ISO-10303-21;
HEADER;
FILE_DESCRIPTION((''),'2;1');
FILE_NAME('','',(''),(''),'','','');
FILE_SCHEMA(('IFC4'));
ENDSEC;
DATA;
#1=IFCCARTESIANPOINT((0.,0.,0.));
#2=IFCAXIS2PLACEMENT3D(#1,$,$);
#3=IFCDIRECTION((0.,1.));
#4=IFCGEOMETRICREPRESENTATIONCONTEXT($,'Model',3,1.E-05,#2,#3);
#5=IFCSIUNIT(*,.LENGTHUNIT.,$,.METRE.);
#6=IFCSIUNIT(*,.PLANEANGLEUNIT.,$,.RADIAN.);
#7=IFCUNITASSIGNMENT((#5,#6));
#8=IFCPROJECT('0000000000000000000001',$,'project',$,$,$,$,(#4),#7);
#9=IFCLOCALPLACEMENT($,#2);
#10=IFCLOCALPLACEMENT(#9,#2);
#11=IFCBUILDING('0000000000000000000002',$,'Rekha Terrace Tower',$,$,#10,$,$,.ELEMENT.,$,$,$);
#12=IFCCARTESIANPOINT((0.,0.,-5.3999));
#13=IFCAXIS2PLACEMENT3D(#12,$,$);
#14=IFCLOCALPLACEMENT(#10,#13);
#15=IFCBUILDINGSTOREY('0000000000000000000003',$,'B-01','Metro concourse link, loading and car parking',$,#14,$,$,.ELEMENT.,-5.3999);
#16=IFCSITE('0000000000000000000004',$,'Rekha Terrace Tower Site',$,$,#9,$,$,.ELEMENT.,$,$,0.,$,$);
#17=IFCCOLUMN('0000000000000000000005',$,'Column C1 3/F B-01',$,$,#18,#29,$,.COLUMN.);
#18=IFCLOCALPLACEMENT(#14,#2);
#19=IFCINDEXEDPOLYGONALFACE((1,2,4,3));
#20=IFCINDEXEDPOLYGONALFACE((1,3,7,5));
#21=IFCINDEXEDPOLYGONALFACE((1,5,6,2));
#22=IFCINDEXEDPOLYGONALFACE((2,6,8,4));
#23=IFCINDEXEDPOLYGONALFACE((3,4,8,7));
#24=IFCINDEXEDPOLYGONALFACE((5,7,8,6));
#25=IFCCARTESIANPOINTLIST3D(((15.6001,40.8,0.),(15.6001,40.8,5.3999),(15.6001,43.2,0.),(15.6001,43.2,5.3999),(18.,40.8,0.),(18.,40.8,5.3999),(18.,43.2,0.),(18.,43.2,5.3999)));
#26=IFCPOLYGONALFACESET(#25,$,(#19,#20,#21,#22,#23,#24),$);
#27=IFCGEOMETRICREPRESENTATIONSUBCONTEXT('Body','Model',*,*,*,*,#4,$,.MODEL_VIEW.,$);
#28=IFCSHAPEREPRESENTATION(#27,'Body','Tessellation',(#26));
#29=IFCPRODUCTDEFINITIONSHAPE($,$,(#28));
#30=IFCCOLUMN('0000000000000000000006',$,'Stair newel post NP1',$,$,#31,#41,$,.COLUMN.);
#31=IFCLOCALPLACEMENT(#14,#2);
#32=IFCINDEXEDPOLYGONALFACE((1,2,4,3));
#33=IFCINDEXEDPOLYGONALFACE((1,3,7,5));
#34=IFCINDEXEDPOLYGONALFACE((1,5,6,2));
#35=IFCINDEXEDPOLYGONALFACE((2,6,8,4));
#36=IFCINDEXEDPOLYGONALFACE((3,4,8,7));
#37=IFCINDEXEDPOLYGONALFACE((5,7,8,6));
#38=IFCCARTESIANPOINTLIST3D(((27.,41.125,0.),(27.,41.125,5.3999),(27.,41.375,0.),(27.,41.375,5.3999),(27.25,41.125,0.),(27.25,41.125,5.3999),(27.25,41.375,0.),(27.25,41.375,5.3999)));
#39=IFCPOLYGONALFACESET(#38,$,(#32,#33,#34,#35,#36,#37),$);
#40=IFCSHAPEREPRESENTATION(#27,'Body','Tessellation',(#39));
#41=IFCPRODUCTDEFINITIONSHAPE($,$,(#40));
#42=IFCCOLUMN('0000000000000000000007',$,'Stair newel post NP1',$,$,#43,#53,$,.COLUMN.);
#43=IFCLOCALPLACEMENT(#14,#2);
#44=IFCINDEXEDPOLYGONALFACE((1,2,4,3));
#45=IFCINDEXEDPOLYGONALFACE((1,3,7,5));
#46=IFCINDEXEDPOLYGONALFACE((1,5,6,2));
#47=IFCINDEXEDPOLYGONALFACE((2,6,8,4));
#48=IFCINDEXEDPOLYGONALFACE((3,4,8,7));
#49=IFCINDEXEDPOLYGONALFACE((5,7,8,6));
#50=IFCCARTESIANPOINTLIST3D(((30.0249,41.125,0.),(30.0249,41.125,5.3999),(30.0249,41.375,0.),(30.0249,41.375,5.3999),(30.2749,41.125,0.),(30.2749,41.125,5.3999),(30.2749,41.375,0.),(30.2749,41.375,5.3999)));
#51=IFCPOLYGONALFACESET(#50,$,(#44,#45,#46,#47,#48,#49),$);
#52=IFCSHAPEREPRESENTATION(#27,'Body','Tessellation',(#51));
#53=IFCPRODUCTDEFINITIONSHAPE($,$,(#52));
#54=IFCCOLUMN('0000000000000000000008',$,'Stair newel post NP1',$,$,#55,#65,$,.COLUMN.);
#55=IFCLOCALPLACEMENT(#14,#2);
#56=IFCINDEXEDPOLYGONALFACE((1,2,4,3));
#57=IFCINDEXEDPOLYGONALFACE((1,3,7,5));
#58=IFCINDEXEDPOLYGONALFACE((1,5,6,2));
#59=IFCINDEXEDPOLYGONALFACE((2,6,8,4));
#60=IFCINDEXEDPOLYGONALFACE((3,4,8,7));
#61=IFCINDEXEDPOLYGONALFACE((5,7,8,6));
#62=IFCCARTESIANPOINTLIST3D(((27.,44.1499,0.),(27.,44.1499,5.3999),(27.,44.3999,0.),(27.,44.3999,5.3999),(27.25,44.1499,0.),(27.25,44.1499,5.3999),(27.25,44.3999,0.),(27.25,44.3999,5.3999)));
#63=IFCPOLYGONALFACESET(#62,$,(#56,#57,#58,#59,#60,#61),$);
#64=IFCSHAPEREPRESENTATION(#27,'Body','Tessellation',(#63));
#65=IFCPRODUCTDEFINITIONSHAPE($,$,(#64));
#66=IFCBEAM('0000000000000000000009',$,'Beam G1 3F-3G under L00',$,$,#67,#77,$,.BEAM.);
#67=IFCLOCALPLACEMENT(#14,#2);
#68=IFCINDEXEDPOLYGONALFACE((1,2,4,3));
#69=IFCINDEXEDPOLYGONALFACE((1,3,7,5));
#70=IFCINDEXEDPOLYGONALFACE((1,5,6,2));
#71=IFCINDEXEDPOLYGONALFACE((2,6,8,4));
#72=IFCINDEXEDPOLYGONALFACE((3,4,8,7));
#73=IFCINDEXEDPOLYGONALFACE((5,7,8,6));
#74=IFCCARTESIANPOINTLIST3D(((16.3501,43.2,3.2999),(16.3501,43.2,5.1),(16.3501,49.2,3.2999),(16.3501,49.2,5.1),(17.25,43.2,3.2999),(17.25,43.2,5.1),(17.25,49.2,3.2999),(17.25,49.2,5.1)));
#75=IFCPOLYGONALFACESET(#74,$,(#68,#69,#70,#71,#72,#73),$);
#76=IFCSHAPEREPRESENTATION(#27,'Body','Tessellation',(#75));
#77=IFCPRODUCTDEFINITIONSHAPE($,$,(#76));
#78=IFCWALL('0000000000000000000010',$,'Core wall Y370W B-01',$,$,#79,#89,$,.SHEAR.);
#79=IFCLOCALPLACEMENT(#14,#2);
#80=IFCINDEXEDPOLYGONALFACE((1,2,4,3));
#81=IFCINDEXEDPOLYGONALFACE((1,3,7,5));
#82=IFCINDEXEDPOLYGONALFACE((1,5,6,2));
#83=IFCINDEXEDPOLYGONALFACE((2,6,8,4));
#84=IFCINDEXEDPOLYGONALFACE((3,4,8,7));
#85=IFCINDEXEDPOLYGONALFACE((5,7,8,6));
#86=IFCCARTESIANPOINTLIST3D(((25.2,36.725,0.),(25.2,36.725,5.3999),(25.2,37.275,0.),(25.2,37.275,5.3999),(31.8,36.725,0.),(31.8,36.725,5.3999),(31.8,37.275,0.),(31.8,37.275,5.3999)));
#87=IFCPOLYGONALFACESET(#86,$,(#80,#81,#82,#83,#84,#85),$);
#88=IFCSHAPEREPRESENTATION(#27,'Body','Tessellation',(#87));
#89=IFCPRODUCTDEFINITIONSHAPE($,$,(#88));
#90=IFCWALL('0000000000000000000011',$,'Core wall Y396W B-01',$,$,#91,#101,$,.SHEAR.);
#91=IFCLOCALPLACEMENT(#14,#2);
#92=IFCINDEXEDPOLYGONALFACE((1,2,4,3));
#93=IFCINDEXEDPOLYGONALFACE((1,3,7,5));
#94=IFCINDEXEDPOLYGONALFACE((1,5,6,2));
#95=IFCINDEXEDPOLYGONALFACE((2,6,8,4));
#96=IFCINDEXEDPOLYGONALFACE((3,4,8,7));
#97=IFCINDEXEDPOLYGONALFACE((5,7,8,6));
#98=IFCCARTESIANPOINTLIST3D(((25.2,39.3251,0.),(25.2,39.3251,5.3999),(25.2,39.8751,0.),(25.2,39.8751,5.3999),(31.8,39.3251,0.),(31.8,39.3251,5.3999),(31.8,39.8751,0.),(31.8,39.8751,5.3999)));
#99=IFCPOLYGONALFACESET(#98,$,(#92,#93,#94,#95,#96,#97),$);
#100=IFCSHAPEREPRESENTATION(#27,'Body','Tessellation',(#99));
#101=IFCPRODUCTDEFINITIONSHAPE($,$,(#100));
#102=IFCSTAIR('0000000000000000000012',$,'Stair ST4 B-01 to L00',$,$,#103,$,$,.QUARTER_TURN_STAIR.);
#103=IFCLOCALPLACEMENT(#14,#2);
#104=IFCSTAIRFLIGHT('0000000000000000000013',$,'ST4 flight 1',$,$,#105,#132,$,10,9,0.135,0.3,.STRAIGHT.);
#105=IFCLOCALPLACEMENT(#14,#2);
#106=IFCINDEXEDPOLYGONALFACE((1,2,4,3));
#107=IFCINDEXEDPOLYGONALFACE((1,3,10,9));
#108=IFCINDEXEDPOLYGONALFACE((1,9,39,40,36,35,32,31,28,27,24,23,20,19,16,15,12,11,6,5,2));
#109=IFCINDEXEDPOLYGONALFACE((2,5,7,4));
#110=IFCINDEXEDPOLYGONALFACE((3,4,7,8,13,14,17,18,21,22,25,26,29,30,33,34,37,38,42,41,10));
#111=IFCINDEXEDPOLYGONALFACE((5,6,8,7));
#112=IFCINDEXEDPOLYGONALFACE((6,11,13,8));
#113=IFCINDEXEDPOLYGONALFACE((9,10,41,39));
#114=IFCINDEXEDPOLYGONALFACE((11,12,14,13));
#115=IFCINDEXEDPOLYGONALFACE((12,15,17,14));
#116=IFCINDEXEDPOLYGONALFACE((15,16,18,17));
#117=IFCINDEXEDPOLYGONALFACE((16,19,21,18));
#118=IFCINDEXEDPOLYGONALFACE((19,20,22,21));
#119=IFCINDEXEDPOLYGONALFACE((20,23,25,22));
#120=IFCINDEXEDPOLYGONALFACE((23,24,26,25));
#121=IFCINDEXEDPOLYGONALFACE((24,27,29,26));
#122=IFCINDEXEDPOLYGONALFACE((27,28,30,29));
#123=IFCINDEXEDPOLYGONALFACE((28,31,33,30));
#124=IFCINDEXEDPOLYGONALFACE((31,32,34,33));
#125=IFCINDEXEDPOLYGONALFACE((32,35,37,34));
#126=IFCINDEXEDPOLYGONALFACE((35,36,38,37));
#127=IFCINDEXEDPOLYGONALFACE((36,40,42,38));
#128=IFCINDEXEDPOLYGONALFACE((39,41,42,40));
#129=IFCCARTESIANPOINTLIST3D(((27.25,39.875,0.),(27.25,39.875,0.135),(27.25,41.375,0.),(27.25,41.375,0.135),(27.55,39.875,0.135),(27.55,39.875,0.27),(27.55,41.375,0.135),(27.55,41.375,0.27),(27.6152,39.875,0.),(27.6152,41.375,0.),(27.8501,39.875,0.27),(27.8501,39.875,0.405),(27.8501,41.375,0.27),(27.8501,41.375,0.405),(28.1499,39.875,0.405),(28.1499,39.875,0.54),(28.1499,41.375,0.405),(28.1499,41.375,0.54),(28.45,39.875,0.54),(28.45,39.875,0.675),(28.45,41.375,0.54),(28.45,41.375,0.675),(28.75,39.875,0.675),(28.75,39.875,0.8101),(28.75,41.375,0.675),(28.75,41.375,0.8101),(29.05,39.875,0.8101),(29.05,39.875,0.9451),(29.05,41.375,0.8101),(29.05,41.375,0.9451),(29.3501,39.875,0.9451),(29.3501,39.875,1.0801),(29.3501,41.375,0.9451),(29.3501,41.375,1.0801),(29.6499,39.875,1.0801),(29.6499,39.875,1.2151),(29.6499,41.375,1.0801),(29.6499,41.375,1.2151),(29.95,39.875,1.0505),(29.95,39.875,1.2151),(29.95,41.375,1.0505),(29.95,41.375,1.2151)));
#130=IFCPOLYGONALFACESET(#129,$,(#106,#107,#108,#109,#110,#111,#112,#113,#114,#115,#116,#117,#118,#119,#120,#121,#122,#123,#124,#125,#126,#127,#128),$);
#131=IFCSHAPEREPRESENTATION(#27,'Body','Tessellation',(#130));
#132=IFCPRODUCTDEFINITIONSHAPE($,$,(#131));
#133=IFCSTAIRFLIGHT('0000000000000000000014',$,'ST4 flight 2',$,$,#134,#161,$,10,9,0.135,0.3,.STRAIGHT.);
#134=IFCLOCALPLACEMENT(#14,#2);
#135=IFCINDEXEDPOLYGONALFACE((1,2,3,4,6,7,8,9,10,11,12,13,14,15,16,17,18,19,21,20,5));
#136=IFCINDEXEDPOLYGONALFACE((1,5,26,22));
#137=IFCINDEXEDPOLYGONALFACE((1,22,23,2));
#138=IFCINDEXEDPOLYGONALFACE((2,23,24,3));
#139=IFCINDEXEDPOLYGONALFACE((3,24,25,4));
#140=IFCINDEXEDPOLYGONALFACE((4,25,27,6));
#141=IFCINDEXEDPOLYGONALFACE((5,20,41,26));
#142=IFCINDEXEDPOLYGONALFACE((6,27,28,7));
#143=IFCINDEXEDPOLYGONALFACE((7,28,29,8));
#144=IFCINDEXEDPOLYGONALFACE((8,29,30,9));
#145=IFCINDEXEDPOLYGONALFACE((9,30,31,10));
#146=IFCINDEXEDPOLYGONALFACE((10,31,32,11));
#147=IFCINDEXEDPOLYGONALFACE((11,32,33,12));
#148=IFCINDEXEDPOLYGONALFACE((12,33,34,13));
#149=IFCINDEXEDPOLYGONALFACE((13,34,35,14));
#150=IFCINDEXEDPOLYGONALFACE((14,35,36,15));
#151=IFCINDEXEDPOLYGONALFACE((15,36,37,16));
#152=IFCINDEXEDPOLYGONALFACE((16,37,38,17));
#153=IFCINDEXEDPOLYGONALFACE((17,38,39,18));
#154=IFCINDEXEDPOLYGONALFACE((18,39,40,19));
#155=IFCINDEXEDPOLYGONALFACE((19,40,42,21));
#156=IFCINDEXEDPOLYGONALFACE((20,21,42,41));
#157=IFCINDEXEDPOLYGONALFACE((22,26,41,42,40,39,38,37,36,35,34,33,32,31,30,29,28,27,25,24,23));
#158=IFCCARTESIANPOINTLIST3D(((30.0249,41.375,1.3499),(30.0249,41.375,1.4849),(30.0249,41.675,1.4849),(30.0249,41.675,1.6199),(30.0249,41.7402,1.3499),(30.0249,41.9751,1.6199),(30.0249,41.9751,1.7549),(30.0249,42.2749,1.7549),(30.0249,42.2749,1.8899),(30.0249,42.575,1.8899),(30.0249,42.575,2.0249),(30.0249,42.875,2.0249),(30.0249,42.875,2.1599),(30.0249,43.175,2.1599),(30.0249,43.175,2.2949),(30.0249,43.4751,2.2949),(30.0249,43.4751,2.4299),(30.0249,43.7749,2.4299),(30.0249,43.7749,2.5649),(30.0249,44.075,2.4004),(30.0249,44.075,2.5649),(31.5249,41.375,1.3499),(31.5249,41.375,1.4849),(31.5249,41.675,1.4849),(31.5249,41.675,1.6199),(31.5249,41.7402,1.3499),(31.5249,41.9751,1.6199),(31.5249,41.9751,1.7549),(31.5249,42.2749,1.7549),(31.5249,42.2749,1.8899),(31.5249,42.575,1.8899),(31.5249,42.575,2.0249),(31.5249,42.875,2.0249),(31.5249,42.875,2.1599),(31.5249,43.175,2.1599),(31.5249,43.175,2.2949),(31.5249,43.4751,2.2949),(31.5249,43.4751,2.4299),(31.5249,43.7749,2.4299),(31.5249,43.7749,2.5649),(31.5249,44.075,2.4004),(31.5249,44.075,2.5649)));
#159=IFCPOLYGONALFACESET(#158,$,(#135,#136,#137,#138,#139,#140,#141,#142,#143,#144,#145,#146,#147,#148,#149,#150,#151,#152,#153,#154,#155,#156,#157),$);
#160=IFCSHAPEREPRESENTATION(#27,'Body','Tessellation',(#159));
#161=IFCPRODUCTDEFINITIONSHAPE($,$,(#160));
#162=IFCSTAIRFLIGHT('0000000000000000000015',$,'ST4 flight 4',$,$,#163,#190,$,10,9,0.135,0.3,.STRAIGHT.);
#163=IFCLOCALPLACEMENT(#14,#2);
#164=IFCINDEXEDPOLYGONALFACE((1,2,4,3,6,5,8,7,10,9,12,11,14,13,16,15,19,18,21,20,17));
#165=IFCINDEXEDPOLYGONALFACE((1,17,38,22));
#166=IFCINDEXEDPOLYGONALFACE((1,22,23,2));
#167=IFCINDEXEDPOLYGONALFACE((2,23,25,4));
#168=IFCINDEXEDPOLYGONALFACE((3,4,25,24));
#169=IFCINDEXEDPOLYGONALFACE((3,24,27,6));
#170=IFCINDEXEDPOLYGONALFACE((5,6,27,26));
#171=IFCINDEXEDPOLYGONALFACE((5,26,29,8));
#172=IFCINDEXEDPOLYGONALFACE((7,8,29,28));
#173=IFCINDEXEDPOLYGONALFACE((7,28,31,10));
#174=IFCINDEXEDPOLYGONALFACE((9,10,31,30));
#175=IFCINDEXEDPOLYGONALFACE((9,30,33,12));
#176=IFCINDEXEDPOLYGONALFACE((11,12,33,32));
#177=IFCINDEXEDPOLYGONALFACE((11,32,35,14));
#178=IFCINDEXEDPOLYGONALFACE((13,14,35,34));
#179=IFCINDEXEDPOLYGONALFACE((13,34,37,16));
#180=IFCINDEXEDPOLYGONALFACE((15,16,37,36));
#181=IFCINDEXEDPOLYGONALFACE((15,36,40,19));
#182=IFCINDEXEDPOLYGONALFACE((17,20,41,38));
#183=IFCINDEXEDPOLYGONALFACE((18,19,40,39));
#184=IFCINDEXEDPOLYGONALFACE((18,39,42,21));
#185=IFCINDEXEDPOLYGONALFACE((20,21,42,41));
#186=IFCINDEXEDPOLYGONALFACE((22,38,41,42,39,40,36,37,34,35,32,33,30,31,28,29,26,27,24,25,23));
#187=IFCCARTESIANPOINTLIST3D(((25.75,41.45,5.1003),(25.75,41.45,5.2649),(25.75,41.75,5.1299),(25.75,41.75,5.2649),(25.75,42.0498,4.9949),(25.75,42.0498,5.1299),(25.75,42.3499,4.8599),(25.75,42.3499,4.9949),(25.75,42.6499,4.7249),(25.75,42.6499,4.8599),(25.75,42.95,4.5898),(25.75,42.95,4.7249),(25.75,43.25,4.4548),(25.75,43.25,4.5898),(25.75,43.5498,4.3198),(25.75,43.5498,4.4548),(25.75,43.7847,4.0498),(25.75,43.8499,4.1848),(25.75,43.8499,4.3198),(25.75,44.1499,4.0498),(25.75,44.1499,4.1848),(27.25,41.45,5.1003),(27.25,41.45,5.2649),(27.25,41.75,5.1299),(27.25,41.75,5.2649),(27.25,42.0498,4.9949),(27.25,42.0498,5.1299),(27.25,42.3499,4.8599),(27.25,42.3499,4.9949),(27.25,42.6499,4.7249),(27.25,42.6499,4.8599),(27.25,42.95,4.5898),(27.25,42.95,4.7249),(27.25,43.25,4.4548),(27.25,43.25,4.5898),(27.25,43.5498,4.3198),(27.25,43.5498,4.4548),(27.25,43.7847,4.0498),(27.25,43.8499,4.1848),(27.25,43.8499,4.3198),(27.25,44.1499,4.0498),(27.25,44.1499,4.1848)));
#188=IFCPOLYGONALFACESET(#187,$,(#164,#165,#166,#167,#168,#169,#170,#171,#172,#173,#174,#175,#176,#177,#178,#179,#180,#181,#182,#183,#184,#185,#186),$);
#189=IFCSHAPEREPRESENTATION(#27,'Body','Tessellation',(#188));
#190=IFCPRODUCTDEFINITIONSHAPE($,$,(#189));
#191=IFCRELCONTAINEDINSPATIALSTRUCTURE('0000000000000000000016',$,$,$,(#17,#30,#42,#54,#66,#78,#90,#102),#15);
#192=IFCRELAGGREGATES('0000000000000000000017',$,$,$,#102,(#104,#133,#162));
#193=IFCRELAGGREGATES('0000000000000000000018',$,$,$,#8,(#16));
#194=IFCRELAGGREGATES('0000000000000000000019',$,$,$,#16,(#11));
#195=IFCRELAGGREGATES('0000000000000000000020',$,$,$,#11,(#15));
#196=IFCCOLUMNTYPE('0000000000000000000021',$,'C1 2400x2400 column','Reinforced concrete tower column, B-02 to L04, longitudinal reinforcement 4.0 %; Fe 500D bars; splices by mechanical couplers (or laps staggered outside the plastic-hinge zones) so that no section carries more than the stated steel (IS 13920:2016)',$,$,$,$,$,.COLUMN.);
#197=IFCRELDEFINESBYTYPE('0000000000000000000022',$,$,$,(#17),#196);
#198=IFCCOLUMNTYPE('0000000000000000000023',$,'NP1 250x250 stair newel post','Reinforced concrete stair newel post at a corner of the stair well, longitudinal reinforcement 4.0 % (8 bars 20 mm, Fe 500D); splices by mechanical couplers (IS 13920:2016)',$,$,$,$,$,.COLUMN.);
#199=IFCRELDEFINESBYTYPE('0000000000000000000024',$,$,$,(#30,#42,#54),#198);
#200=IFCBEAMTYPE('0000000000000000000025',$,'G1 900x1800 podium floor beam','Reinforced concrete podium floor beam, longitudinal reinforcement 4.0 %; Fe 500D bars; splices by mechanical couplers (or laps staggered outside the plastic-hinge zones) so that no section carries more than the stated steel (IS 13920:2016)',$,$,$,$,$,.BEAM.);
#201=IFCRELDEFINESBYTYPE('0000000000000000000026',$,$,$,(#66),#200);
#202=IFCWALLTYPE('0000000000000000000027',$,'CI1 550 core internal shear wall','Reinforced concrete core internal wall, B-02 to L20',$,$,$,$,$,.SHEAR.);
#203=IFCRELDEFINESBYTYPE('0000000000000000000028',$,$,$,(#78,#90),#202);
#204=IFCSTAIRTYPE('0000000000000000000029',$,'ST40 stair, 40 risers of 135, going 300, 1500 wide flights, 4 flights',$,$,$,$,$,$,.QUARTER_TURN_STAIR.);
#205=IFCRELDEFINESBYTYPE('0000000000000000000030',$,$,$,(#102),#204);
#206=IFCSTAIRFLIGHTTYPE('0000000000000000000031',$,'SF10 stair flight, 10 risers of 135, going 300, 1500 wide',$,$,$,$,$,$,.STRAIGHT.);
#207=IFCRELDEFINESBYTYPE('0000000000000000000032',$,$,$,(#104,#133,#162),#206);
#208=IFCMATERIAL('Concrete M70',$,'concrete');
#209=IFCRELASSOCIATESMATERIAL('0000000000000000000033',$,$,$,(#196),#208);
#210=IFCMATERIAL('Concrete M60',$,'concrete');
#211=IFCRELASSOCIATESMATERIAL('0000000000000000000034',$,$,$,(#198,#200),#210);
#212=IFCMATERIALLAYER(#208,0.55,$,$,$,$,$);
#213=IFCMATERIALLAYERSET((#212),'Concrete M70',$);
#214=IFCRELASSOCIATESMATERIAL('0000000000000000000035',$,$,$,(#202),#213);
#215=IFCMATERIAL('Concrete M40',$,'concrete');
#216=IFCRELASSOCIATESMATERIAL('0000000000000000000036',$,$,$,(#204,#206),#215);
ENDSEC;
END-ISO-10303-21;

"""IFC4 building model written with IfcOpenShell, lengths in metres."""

from ifc_helpers import new_model, si_unit, direction, frame, frame_2d, origin, origin_2d, place, context, subcontext, project, spatial, polyline, rectangle, outline, extrude, material, layer, layer_set, material_profile, profile_set, type_object, element, aggregate, save


model = new_model("IFC4")

# Units and contexts
model_context = context("Model", 3, precision=1e-05, world=origin(), true_north=direction((0.0, 1.0)))
body_context = subcontext(model_context, "Body", "Model", "MODEL_VIEW")
ifc_project = project(units=[si_unit("LENGTHUNIT", "METRE"), si_unit("PLANEANGLEUNIT", "RADIAN")], contexts=[model_context])

# Site, building, storey
site_placement = place(None, origin())
site = spatial("IfcSite", under=ifc_project, at=site_placement, Name="Rekha Terrace Tower Site", CompositionType="ELEMENT", RefElevation=0.0)
building_placement = place(site_placement, origin())
building = spatial("IfcBuilding", under=site, at=building_placement, Name="Rekha Terrace Tower", CompositionType="ELEMENT")
storey_placement = place(building_placement, frame((0.0, 0.0, -5.3999)))
storey = spatial("IfcBuildingStorey", under=building, at=storey_placement, Name="B-01", Description="Metro concourse link, loading and car parking", CompositionType="ELEMENT", Elevation=-5.3999)

# Columns
ifc_material_1 = material(Name="Concrete M70", Category="concrete")
ifc_material_profile_1 = material_profile(ifc_material_1, rectangle(XDim=2.3999, YDim=2.3999, at=origin_2d()), Name="RC 2400x2400")
ifc_profile_set_1 = profile_set([ifc_material_profile_1], Name="Concrete M70")
column_type_1 = type_object("IfcColumnType", Name="C1 2400x2400 column", Description="Reinforced concrete tower column, B-02 to L04, longitudinal reinforcement 4.0 %; Fe 500D bars; splices by mechanical couplers (or laps staggered outside the plastic-hinge zones) so that no section carries more than the stated steel (IS 13920:2016)", PredefinedType="COLUMN", material=ifc_profile_set_1)
column_placement = place(storey_placement, frame((16.8, 42.0, 0.0), z_axis=(0.0, 0.0, 1.0), x_axis=(1.0, 0.0, 0.0)))
element("IfcColumn", 1, at=column_placement, inside=storey, type_object=column_type_1, Name="Column C1 3/F B-01", PredefinedType="COLUMN", context=body_context, shape_type="SweptSolid", body=[
    extrude(rectangle(XDim=2.3999, YDim=2.3999, at=origin_2d()), origin(), (0.0, 0.0, 1.0), 5.3999),
])
ifc_material_2 = material(Name="Concrete M60", Category="concrete")
ifc_material_profile_2 = material_profile(ifc_material_2, rectangle(XDim=0.25, YDim=0.25, at=origin_2d()), Name="RC 250x250")
ifc_profile_set_2 = profile_set([ifc_material_profile_2], Name="Concrete M60")
column_type_2 = type_object("IfcColumnType", Name="NP1 250x250 stair newel post", Description="Reinforced concrete stair newel post at a corner of the stair well, longitudinal reinforcement 4.0 % (8 bars 20 mm, Fe 500D); splices by mechanical couplers (IS 13920:2016)", PredefinedType="COLUMN", material=ifc_profile_set_2)
for number, where, z_axis, x_axis, name in (
    (2, (27.125, 41.25, 0.0), (0.0, 0.0, 1.0), (1.0, 0.0, 0.0), "Stair newel post NP1"),
    (3, (30.1499, 41.25, 0.0), (0.0, 0.0, 1.0), (1.0, 0.0, 0.0), "Stair newel post NP1"),
    (4, (27.125, 44.2749, 0.0), (0.0, 0.0, 1.0), (1.0, 0.0, 0.0), "Stair newel post NP1"),
):
    element("IfcColumn", number, at=place(storey_placement, frame(where, z_axis=z_axis, x_axis=x_axis)), inside=storey, type_object=column_type_2, Name=name, PredefinedType="COLUMN", context=body_context, shape_type="SweptSolid", body=[
        extrude(rectangle(XDim=0.25, YDim=0.25, at=origin_2d()), origin(), (0.0, 0.0, 1.0), 5.3999),
    ])

# Beam
ifc_material_profile_3 = material_profile(ifc_material_2, rectangle(XDim=0.8999, YDim=1.8, at=origin_2d()), Name="RC 900x1800")
ifc_profile_set_3 = profile_set([ifc_material_profile_3], Name="Concrete M60")
beam_type = type_object("IfcBeamType", Name="G1 900x1800 podium floor beam", Description="Reinforced concrete podium floor beam, longitudinal reinforcement 4.0 %; Fe 500D bars; splices by mechanical couplers (or laps staggered outside the plastic-hinge zones) so that no section carries more than the stated steel (IS 13920:2016)", PredefinedType="BEAM", material=ifc_profile_set_3)
beam_placement = place(storey_placement, frame((16.8, 43.2, 4.2), z_axis=(0.0, 1.0, 0.0), x_axis=(-1.0, 0.0, 0.0)))
element("IfcBeam", 5, at=beam_placement, inside=storey, type_object=beam_type, Name="Beam G1 3F-3G under L00", PredefinedType="BEAM", context=body_context, shape_type="SweptSolid", body=[
    extrude(rectangle(XDim=0.8999, YDim=1.8, at=origin_2d()), origin(), (0.0, 0.0, 1.0), 6.0),
])

# Walls
ifc_layer = layer(ifc_material_1, 0.55)
ifc_layer_set = layer_set([ifc_layer], Name="Concrete M70")
wall_type = type_object("IfcWallType", Name="CI1 550 core internal shear wall", Description="Reinforced concrete core internal wall, B-02 to L20", PredefinedType="SHEAR", material=ifc_layer_set)
for number, where, z_axis, x_axis, name in (
    (6, (25.2, 37.0, 0.0), (0.0, 0.0, 1.0), (1.0, 0.0, 0.0), "Core wall Y370W B-01"),
    (7, (25.2, 39.6001, 0.0), (0.0, 0.0, 1.0), (1.0, 0.0, 0.0), "Core wall Y396W B-01"),
):
    element("IfcWall", number, at=place(storey_placement, frame(where, z_axis=z_axis, x_axis=x_axis)), inside=storey, type_object=wall_type, Name=name, PredefinedType="SHEAR", context=body_context, shape_type="SweptSolid", body=[
        extrude(rectangle(XDim=6.6001, YDim=0.55, at=frame_2d((3.3, 0.0))), origin(), (0.0, 0.0, 1.0), 5.3999),
    ])

# Stair, stair flights
ifc_material_3 = material(Name="Concrete M40", Category="concrete")
stair_type = type_object("IfcStairType", Name="ST40 stair, 40 risers of 135, going 300, 1500 wide flights, 4 flights", PredefinedType="QUARTER_TURN_STAIR", material=ifc_material_3)
stair_placement = place(storey_placement, origin())
stair = element("IfcStair", 8, at=stair_placement, inside=storey, type_object=stair_type, Name="Stair ST4 B-01 to L00", PredefinedType="QUARTER_TURN_STAIR")
stair_flight_type = type_object("IfcStairFlightType", Name="SF10 stair flight, 10 risers of 135, going 300, 1500 wide", PredefinedType="STRAIGHT", material=ifc_material_3)
stair_flight_1_placement = place(storey_placement, frame((27.25, 40.625, 0.0), z_axis=(0.0, 0.0, 1.0), x_axis=(1.0, 0.0, 0.0)))
stair_flight_1 = element("IfcStairFlight", 9, at=stair_flight_1_placement, type_object=stair_flight_type, Name="ST4 flight 1", NumberOfRisers=10, NumberOfTreads=9, PredefinedType="STRAIGHT", RiserHeight=0.135, TreadLength=0.3, context=body_context, shape_type="SweptSolid", body=[
    extrude(outline(polyline([(0.0, 0.0), (0.0, 0.135), (0.3, 0.135), (0.3, 0.27), (0.6001, 0.27), (0.6001, 0.405), (0.8999, 0.405), (0.8999, 0.54), (1.2, 0.54), (1.2, 0.675), (1.5, 0.675), (1.5, 0.8101), (1.8, 0.8101), (1.8, 0.9451), (2.1001, 0.9451), (2.1001, 1.0801), (2.3999, 1.0801), (2.3999, 1.2151), (2.7, 1.2151), (2.7, 1.3501), (2.7, 1.0505), (0.3652, 0.0), (0.0, 0.0)])), frame((0.0, 0.75, 0.0), z_axis=(0.0, -1.0, 0.0), x_axis=(1.0, 0.0, 0.0)), (0.0, 0.0, 1.0), 1.5),
])
stair_flight_2_placement = place(storey_placement, frame((30.7749, 41.375, 1.3499), z_axis=(0.0, 0.0, 1.0), x_axis=(0.0, 1.0, 0.0)))
stair_flight_2 = element("IfcStairFlight", 10, at=stair_flight_2_placement, type_object=stair_flight_type, Name="ST4 flight 2", NumberOfRisers=10, NumberOfTreads=9, PredefinedType="STRAIGHT", RiserHeight=0.135, TreadLength=0.3, context=body_context, shape_type="SweptSolid", body=[
    extrude(outline(polyline([(0.0, 0.0), (0.0, 0.135), (0.3, 0.135), (0.3, 0.27), (0.6001, 0.27), (0.6001, 0.405), (0.8999, 0.405), (0.8999, 0.54), (1.2, 0.54), (1.2, 0.675), (1.5, 0.675), (1.5, 0.8101), (1.8, 0.8101), (1.8, 0.9451), (2.1001, 0.9451), (2.1001, 1.0801), (2.3999, 1.0801), (2.3999, 1.2151), (2.7, 1.2151), (2.7, 1.3501), (2.7, 1.0505), (0.3652, 0.0), (0.0, 0.0)])), frame((0.0, 0.75, 0.0), z_axis=(0.0, -1.0, 0.0), x_axis=(1.0, 0.0, 0.0)), (0.0, 0.0, 1.0), 1.5),
])
stair_flight_3_placement = place(storey_placement, frame((26.5, 44.1499, 4.0498), z_axis=(0.0, 0.0, 1.0), x_axis=(0.0, -1.0, 0.0)))
stair_flight_3 = element("IfcStairFlight", 11, at=stair_flight_3_placement, type_object=stair_flight_type, Name="ST4 flight 4", NumberOfRisers=10, NumberOfTreads=9, PredefinedType="STRAIGHT", RiserHeight=0.135, TreadLength=0.3, context=body_context, shape_type="SweptSolid", body=[
    extrude(outline(polyline([(0.0, 0.0), (0.0, 0.135), (0.3, 0.135), (0.3, 0.27), (0.6001, 0.27), (0.6001, 0.405), (0.8999, 0.405), (0.8999, 0.54), (1.2, 0.54), (1.2, 0.675), (1.5, 0.675), (1.5, 0.8101), (1.8, 0.8101), (1.8, 0.9451), (2.1001, 0.9451), (2.1001, 1.0801), (2.3999, 1.0801), (2.3999, 1.2151), (2.7, 1.2151), (2.7, 1.3501), (2.7, 1.0505), (0.3652, 0.0), (0.0, 0.0)])), frame((0.0, 0.75, 0.0), z_axis=(0.0, -1.0, 0.0), x_axis=(1.0, 0.0, 0.0)), (0.0, 0.0, 1.0), 1.5),
])
aggregate(stair, [stair_flight_1, stair_flight_2, stair_flight_3])

save(model, "model.ifc")
